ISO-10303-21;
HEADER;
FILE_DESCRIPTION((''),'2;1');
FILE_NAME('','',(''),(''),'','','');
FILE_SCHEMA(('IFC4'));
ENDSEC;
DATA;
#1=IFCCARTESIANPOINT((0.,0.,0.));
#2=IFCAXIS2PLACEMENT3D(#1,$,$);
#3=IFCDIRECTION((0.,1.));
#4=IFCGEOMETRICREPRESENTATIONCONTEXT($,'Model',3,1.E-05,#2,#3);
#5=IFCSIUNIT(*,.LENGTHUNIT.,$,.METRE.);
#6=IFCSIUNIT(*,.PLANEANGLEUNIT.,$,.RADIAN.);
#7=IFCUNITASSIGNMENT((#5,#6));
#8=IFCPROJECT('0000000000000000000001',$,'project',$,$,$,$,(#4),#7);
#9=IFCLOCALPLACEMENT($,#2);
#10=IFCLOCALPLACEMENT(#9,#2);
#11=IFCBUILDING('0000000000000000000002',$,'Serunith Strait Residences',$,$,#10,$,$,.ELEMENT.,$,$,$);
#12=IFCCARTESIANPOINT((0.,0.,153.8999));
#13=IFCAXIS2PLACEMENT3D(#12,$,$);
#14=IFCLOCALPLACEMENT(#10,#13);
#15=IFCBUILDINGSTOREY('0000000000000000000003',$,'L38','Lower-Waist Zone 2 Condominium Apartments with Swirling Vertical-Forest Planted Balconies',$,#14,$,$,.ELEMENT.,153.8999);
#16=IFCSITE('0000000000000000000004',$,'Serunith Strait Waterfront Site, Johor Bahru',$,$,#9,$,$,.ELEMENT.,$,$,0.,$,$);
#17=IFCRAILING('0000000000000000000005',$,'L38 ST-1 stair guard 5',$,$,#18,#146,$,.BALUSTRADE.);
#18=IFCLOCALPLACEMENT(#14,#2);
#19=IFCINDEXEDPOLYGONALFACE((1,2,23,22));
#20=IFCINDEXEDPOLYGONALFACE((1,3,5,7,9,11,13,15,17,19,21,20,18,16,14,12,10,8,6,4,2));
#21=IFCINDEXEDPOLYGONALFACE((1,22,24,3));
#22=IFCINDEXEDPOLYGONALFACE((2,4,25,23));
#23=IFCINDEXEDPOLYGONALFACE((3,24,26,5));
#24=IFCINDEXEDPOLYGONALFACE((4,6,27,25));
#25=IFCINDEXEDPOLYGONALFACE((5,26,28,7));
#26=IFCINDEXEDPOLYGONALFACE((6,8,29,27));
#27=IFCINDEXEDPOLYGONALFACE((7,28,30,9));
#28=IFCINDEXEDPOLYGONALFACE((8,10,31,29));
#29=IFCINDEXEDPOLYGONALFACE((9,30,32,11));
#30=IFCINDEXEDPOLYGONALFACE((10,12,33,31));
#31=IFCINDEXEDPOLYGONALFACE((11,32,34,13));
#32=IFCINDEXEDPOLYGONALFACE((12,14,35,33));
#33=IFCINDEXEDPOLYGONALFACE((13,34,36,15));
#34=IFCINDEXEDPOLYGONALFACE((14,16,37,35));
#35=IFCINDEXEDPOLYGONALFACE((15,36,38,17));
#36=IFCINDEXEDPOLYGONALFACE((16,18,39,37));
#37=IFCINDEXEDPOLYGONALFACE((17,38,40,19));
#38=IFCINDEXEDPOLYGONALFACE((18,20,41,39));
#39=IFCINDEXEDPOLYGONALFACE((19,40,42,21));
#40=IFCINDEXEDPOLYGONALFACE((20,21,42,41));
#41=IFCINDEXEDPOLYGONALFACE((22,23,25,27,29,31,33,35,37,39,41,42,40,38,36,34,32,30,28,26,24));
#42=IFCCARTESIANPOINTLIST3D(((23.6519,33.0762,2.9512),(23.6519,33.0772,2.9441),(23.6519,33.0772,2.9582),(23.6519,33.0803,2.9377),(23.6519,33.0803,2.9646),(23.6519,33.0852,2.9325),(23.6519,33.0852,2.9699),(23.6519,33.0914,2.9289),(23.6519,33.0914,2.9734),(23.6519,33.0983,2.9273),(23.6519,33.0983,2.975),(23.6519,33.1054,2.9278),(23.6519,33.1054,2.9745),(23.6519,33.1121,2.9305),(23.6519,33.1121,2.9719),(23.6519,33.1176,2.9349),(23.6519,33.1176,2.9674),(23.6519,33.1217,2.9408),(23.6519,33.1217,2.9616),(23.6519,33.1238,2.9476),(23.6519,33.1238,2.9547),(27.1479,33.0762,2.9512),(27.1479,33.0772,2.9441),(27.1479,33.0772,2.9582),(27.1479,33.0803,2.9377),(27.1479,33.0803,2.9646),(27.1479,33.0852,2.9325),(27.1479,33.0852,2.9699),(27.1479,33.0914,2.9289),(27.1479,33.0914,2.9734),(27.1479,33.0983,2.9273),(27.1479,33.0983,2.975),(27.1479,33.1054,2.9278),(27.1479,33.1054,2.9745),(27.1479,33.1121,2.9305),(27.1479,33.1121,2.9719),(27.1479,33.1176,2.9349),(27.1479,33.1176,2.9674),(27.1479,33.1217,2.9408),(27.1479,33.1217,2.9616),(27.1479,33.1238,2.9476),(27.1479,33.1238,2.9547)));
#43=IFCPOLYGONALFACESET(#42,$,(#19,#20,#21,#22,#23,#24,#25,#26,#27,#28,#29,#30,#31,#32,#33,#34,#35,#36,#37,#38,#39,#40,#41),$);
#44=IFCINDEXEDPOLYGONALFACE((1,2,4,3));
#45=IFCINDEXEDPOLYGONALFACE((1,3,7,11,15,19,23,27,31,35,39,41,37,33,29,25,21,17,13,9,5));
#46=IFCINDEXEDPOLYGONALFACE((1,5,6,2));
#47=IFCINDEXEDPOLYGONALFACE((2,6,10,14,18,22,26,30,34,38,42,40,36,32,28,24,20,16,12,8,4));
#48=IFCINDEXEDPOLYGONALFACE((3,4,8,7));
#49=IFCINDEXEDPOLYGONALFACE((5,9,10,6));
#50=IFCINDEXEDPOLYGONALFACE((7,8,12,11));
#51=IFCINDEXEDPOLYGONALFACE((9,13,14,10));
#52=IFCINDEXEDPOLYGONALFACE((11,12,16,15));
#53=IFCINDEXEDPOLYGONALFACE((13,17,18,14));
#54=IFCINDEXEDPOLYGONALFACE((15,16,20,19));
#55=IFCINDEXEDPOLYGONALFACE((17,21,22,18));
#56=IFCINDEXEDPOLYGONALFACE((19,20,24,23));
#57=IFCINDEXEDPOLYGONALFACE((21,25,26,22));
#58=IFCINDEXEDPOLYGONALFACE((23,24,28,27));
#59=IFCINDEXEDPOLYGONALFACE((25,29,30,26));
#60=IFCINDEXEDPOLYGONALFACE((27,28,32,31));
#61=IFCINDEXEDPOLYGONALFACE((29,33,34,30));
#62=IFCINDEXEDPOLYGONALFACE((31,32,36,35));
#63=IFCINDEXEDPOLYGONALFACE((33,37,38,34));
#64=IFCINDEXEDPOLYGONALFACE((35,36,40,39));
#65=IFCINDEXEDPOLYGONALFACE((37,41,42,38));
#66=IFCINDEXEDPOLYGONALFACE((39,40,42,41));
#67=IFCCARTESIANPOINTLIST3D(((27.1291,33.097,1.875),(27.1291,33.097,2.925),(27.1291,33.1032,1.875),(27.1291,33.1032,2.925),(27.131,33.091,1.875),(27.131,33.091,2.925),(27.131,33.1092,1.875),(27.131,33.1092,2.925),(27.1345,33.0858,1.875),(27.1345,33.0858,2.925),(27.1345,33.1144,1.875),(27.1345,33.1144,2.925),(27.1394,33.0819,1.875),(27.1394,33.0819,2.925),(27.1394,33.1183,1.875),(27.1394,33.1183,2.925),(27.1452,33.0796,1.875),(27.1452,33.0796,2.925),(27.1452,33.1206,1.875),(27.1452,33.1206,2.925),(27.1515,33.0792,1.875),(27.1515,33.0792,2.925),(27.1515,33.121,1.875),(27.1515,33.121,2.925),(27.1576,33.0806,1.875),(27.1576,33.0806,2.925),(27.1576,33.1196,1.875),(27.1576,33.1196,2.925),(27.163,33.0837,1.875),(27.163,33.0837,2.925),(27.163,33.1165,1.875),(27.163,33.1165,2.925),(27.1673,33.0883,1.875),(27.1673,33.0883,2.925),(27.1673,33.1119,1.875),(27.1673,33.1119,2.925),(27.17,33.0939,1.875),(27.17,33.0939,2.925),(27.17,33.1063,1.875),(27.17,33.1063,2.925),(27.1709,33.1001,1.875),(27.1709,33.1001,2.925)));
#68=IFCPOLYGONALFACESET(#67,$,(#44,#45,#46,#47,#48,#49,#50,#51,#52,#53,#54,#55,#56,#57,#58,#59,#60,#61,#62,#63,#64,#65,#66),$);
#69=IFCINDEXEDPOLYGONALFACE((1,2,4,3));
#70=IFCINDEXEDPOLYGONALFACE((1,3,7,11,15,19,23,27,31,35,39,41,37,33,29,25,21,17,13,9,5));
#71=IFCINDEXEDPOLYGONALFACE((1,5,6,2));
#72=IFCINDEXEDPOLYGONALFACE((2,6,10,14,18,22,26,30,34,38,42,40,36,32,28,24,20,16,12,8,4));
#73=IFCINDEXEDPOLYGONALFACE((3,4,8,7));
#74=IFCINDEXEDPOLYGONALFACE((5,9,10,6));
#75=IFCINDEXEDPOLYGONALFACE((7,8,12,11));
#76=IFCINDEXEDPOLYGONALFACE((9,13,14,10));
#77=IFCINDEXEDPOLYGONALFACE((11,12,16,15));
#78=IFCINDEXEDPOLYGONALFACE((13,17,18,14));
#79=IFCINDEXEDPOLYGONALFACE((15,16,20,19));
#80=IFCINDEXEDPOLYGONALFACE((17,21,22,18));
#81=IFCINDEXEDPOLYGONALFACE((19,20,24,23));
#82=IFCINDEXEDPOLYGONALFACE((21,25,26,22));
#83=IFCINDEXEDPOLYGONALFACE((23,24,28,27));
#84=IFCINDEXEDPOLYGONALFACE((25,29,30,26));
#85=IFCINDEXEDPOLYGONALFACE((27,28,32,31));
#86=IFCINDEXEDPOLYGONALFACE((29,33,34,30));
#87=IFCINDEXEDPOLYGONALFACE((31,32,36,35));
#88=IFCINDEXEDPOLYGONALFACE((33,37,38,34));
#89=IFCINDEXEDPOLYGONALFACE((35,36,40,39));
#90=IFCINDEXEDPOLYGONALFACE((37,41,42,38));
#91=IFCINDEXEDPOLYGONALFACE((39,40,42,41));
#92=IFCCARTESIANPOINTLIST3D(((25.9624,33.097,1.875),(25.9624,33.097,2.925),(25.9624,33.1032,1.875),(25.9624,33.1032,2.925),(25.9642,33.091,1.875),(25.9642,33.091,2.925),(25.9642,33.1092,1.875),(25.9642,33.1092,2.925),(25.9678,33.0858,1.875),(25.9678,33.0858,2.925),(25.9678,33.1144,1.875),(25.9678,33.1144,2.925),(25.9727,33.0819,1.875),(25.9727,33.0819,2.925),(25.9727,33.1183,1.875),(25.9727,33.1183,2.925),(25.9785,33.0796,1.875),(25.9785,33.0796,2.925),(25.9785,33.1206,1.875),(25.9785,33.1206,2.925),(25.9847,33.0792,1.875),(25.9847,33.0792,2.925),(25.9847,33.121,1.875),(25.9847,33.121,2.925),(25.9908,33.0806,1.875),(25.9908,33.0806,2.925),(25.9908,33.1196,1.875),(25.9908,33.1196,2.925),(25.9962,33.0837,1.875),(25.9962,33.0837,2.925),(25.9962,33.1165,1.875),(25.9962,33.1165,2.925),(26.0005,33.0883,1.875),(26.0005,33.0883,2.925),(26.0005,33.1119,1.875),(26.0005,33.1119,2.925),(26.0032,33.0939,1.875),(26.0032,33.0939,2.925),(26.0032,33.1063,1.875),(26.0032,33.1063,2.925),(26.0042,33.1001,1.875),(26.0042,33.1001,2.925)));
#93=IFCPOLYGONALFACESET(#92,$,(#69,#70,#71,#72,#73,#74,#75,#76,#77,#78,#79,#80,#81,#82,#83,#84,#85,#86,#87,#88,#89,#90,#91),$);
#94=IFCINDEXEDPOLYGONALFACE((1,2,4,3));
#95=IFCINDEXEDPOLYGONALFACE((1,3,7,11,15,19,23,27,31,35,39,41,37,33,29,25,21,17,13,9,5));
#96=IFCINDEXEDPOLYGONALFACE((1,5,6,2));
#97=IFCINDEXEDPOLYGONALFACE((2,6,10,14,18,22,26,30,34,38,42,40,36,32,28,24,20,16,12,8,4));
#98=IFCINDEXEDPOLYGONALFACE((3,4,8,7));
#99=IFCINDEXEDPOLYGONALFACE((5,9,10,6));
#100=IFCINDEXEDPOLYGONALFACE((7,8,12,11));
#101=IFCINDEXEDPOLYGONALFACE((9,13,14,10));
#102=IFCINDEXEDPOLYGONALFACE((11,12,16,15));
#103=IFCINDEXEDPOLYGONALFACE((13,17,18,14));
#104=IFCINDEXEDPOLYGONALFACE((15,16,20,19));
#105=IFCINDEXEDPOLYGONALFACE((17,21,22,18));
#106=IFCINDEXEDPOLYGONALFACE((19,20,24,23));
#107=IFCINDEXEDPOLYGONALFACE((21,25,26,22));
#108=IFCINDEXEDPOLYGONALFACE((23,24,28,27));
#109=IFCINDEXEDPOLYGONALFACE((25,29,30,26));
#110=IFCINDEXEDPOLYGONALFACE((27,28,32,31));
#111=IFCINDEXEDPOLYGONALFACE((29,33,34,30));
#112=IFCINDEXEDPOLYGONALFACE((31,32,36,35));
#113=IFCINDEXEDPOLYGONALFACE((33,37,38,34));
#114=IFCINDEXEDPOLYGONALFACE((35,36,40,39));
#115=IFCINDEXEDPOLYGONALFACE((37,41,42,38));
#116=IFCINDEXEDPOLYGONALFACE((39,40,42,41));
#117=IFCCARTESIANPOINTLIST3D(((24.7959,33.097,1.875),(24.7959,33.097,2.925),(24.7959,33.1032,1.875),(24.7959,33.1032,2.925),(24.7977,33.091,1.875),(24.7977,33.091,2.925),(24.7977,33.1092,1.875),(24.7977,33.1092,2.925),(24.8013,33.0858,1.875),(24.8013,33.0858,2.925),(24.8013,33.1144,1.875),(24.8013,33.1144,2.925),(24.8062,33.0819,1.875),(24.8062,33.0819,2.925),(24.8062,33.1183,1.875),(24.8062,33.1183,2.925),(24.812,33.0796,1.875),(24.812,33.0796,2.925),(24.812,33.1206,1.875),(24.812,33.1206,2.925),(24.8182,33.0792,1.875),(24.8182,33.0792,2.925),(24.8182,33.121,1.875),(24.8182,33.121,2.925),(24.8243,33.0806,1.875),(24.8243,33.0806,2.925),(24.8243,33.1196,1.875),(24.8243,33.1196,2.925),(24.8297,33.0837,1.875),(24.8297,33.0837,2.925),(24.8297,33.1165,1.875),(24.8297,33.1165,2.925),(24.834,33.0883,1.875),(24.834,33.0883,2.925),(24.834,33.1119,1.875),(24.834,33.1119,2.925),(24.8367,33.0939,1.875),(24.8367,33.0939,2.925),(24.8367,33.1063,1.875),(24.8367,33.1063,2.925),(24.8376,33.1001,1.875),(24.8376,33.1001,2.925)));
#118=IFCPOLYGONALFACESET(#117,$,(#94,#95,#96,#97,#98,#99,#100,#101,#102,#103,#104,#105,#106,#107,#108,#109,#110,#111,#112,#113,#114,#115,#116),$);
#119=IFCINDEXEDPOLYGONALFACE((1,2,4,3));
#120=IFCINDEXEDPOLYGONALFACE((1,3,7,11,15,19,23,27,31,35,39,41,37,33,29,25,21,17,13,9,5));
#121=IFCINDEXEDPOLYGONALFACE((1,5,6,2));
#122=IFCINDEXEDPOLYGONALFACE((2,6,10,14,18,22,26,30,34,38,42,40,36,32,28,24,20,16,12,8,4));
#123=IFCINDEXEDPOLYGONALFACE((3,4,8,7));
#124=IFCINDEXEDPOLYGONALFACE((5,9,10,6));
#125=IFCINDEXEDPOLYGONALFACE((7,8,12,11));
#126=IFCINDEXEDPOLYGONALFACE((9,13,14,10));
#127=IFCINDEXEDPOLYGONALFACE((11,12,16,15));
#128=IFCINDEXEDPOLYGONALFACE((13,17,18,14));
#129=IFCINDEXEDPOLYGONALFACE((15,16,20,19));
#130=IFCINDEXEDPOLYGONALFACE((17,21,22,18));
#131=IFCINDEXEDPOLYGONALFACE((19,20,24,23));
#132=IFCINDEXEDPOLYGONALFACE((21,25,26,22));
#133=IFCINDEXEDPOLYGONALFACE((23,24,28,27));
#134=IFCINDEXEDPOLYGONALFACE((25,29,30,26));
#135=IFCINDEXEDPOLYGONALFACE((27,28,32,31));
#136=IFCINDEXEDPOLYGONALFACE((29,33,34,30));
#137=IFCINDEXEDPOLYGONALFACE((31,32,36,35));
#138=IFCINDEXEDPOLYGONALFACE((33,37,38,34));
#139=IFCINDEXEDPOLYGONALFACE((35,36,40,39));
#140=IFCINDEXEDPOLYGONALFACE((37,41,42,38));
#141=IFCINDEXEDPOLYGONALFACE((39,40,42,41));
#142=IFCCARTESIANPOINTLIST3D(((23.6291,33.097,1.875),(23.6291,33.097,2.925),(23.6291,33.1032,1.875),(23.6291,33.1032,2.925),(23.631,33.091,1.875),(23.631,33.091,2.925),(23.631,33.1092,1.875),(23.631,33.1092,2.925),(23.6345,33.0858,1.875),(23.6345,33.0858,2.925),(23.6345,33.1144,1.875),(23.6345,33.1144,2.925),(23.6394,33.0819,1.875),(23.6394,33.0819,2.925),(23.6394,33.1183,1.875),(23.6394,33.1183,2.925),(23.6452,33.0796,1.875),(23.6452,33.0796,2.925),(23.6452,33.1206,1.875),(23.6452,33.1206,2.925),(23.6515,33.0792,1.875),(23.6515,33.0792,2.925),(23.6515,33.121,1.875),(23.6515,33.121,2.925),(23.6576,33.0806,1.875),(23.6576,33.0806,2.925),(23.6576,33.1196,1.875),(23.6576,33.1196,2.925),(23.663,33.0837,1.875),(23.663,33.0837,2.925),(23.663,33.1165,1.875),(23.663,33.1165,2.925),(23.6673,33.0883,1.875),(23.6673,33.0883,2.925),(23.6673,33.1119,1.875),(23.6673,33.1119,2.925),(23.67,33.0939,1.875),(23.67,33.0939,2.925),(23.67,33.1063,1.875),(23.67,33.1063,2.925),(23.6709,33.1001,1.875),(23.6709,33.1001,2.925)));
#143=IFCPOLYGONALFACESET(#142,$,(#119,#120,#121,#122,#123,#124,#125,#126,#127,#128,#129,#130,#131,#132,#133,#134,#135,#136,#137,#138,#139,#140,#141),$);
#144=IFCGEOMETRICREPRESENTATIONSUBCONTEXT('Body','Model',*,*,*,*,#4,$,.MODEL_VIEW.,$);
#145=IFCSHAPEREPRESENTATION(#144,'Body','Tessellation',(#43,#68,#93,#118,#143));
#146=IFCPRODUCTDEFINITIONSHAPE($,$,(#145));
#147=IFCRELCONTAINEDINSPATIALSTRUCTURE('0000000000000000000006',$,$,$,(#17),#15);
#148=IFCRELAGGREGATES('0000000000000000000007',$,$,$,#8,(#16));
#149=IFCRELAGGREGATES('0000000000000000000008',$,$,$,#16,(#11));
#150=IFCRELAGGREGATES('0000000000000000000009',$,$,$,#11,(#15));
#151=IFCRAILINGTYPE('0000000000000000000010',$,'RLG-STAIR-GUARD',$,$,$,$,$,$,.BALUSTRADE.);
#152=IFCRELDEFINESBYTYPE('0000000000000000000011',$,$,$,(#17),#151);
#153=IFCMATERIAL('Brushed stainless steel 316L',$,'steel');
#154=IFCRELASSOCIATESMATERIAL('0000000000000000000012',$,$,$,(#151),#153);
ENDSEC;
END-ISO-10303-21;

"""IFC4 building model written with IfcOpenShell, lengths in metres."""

from ifc_helpers import new_model, si_unit, direction, frame, origin, origin_2d, place, context, subcontext, project, spatial, circle, extrude, material, type_object, element, save


model = new_model("IFC4")

# Units and contexts
model_context = context("Model", 3, precision=1e-05, world=origin(), true_north=direction((0.0, 1.0)))
body_context = subcontext(model_context, "Body", "Model", "MODEL_VIEW")
ifc_project = project(units=[si_unit("LENGTHUNIT", "METRE"), si_unit("PLANEANGLEUNIT", "RADIAN")], contexts=[model_context])

# Site, building, storey
site_placement = place(None, origin())
site = spatial("IfcSite", under=ifc_project, at=site_placement, Name="Serunith Strait Waterfront Site, Johor Bahru", CompositionType="ELEMENT", RefElevation=0.0)
building_placement = place(site_placement, origin())
building = spatial("IfcBuilding", under=site, at=building_placement, Name="Serunith Strait Residences", CompositionType="ELEMENT")
storey_placement = place(building_placement, frame((0.0, 0.0, 153.8999)))
storey = spatial("IfcBuildingStorey", under=building, at=storey_placement, Name="L38", Description="Lower-Waist Zone 2 Condominium Apartments with Swirling Vertical-Forest Planted Balconies", CompositionType="ELEMENT", Elevation=153.8999)

# Railing
ifc_material_1 = material(Name="Brushed stainless steel 316L", Category="steel")
railing_type_1 = type_object("IfcRailingType", Name="RLG-STAIR-GUARD", PredefinedType="BALUSTRADE", material=ifc_material_1)
railing_1_placement = place(storey_placement, frame((27.1499, 33.1001, 1.875)))
element("IfcRailing", 1, at=railing_1_placement, inside=storey, type_object=railing_type_1, Name="L38 ST-1 stair guard 5", PredefinedType="BALUSTRADE", context=body_context, shape_type="SweptSolid", body=[
    extrude(circle(Radius=0.0239, at=origin_2d()), frame((-0.002, 0.0, 1.0762), z_axis=(-1.0, 0.0, 0.0), x_axis=(0.0, -1.0, 0.0)), (0.0, 0.0, 1.0), 3.4961),
    extrude(circle(Radius=0.021, at=origin_2d()), origin(), (0.0, 0.0, 1.0), 1.05),
    extrude(circle(Radius=0.021, at=origin_2d()), frame((-1.1667, 0.0, 0.0)), (0.0, 0.0, 1.0), 1.05),
    extrude(circle(Radius=0.021, at=origin_2d()), frame((-2.3333, 0.0, 0.0)), (0.0, 0.0, 1.0), 1.05),
    extrude(circle(Radius=0.021, at=origin_2d()), frame((-3.5, 0.0, 0.0)), (0.0, 0.0, 1.0), 1.05),
])

save(model, "model.ifc")
